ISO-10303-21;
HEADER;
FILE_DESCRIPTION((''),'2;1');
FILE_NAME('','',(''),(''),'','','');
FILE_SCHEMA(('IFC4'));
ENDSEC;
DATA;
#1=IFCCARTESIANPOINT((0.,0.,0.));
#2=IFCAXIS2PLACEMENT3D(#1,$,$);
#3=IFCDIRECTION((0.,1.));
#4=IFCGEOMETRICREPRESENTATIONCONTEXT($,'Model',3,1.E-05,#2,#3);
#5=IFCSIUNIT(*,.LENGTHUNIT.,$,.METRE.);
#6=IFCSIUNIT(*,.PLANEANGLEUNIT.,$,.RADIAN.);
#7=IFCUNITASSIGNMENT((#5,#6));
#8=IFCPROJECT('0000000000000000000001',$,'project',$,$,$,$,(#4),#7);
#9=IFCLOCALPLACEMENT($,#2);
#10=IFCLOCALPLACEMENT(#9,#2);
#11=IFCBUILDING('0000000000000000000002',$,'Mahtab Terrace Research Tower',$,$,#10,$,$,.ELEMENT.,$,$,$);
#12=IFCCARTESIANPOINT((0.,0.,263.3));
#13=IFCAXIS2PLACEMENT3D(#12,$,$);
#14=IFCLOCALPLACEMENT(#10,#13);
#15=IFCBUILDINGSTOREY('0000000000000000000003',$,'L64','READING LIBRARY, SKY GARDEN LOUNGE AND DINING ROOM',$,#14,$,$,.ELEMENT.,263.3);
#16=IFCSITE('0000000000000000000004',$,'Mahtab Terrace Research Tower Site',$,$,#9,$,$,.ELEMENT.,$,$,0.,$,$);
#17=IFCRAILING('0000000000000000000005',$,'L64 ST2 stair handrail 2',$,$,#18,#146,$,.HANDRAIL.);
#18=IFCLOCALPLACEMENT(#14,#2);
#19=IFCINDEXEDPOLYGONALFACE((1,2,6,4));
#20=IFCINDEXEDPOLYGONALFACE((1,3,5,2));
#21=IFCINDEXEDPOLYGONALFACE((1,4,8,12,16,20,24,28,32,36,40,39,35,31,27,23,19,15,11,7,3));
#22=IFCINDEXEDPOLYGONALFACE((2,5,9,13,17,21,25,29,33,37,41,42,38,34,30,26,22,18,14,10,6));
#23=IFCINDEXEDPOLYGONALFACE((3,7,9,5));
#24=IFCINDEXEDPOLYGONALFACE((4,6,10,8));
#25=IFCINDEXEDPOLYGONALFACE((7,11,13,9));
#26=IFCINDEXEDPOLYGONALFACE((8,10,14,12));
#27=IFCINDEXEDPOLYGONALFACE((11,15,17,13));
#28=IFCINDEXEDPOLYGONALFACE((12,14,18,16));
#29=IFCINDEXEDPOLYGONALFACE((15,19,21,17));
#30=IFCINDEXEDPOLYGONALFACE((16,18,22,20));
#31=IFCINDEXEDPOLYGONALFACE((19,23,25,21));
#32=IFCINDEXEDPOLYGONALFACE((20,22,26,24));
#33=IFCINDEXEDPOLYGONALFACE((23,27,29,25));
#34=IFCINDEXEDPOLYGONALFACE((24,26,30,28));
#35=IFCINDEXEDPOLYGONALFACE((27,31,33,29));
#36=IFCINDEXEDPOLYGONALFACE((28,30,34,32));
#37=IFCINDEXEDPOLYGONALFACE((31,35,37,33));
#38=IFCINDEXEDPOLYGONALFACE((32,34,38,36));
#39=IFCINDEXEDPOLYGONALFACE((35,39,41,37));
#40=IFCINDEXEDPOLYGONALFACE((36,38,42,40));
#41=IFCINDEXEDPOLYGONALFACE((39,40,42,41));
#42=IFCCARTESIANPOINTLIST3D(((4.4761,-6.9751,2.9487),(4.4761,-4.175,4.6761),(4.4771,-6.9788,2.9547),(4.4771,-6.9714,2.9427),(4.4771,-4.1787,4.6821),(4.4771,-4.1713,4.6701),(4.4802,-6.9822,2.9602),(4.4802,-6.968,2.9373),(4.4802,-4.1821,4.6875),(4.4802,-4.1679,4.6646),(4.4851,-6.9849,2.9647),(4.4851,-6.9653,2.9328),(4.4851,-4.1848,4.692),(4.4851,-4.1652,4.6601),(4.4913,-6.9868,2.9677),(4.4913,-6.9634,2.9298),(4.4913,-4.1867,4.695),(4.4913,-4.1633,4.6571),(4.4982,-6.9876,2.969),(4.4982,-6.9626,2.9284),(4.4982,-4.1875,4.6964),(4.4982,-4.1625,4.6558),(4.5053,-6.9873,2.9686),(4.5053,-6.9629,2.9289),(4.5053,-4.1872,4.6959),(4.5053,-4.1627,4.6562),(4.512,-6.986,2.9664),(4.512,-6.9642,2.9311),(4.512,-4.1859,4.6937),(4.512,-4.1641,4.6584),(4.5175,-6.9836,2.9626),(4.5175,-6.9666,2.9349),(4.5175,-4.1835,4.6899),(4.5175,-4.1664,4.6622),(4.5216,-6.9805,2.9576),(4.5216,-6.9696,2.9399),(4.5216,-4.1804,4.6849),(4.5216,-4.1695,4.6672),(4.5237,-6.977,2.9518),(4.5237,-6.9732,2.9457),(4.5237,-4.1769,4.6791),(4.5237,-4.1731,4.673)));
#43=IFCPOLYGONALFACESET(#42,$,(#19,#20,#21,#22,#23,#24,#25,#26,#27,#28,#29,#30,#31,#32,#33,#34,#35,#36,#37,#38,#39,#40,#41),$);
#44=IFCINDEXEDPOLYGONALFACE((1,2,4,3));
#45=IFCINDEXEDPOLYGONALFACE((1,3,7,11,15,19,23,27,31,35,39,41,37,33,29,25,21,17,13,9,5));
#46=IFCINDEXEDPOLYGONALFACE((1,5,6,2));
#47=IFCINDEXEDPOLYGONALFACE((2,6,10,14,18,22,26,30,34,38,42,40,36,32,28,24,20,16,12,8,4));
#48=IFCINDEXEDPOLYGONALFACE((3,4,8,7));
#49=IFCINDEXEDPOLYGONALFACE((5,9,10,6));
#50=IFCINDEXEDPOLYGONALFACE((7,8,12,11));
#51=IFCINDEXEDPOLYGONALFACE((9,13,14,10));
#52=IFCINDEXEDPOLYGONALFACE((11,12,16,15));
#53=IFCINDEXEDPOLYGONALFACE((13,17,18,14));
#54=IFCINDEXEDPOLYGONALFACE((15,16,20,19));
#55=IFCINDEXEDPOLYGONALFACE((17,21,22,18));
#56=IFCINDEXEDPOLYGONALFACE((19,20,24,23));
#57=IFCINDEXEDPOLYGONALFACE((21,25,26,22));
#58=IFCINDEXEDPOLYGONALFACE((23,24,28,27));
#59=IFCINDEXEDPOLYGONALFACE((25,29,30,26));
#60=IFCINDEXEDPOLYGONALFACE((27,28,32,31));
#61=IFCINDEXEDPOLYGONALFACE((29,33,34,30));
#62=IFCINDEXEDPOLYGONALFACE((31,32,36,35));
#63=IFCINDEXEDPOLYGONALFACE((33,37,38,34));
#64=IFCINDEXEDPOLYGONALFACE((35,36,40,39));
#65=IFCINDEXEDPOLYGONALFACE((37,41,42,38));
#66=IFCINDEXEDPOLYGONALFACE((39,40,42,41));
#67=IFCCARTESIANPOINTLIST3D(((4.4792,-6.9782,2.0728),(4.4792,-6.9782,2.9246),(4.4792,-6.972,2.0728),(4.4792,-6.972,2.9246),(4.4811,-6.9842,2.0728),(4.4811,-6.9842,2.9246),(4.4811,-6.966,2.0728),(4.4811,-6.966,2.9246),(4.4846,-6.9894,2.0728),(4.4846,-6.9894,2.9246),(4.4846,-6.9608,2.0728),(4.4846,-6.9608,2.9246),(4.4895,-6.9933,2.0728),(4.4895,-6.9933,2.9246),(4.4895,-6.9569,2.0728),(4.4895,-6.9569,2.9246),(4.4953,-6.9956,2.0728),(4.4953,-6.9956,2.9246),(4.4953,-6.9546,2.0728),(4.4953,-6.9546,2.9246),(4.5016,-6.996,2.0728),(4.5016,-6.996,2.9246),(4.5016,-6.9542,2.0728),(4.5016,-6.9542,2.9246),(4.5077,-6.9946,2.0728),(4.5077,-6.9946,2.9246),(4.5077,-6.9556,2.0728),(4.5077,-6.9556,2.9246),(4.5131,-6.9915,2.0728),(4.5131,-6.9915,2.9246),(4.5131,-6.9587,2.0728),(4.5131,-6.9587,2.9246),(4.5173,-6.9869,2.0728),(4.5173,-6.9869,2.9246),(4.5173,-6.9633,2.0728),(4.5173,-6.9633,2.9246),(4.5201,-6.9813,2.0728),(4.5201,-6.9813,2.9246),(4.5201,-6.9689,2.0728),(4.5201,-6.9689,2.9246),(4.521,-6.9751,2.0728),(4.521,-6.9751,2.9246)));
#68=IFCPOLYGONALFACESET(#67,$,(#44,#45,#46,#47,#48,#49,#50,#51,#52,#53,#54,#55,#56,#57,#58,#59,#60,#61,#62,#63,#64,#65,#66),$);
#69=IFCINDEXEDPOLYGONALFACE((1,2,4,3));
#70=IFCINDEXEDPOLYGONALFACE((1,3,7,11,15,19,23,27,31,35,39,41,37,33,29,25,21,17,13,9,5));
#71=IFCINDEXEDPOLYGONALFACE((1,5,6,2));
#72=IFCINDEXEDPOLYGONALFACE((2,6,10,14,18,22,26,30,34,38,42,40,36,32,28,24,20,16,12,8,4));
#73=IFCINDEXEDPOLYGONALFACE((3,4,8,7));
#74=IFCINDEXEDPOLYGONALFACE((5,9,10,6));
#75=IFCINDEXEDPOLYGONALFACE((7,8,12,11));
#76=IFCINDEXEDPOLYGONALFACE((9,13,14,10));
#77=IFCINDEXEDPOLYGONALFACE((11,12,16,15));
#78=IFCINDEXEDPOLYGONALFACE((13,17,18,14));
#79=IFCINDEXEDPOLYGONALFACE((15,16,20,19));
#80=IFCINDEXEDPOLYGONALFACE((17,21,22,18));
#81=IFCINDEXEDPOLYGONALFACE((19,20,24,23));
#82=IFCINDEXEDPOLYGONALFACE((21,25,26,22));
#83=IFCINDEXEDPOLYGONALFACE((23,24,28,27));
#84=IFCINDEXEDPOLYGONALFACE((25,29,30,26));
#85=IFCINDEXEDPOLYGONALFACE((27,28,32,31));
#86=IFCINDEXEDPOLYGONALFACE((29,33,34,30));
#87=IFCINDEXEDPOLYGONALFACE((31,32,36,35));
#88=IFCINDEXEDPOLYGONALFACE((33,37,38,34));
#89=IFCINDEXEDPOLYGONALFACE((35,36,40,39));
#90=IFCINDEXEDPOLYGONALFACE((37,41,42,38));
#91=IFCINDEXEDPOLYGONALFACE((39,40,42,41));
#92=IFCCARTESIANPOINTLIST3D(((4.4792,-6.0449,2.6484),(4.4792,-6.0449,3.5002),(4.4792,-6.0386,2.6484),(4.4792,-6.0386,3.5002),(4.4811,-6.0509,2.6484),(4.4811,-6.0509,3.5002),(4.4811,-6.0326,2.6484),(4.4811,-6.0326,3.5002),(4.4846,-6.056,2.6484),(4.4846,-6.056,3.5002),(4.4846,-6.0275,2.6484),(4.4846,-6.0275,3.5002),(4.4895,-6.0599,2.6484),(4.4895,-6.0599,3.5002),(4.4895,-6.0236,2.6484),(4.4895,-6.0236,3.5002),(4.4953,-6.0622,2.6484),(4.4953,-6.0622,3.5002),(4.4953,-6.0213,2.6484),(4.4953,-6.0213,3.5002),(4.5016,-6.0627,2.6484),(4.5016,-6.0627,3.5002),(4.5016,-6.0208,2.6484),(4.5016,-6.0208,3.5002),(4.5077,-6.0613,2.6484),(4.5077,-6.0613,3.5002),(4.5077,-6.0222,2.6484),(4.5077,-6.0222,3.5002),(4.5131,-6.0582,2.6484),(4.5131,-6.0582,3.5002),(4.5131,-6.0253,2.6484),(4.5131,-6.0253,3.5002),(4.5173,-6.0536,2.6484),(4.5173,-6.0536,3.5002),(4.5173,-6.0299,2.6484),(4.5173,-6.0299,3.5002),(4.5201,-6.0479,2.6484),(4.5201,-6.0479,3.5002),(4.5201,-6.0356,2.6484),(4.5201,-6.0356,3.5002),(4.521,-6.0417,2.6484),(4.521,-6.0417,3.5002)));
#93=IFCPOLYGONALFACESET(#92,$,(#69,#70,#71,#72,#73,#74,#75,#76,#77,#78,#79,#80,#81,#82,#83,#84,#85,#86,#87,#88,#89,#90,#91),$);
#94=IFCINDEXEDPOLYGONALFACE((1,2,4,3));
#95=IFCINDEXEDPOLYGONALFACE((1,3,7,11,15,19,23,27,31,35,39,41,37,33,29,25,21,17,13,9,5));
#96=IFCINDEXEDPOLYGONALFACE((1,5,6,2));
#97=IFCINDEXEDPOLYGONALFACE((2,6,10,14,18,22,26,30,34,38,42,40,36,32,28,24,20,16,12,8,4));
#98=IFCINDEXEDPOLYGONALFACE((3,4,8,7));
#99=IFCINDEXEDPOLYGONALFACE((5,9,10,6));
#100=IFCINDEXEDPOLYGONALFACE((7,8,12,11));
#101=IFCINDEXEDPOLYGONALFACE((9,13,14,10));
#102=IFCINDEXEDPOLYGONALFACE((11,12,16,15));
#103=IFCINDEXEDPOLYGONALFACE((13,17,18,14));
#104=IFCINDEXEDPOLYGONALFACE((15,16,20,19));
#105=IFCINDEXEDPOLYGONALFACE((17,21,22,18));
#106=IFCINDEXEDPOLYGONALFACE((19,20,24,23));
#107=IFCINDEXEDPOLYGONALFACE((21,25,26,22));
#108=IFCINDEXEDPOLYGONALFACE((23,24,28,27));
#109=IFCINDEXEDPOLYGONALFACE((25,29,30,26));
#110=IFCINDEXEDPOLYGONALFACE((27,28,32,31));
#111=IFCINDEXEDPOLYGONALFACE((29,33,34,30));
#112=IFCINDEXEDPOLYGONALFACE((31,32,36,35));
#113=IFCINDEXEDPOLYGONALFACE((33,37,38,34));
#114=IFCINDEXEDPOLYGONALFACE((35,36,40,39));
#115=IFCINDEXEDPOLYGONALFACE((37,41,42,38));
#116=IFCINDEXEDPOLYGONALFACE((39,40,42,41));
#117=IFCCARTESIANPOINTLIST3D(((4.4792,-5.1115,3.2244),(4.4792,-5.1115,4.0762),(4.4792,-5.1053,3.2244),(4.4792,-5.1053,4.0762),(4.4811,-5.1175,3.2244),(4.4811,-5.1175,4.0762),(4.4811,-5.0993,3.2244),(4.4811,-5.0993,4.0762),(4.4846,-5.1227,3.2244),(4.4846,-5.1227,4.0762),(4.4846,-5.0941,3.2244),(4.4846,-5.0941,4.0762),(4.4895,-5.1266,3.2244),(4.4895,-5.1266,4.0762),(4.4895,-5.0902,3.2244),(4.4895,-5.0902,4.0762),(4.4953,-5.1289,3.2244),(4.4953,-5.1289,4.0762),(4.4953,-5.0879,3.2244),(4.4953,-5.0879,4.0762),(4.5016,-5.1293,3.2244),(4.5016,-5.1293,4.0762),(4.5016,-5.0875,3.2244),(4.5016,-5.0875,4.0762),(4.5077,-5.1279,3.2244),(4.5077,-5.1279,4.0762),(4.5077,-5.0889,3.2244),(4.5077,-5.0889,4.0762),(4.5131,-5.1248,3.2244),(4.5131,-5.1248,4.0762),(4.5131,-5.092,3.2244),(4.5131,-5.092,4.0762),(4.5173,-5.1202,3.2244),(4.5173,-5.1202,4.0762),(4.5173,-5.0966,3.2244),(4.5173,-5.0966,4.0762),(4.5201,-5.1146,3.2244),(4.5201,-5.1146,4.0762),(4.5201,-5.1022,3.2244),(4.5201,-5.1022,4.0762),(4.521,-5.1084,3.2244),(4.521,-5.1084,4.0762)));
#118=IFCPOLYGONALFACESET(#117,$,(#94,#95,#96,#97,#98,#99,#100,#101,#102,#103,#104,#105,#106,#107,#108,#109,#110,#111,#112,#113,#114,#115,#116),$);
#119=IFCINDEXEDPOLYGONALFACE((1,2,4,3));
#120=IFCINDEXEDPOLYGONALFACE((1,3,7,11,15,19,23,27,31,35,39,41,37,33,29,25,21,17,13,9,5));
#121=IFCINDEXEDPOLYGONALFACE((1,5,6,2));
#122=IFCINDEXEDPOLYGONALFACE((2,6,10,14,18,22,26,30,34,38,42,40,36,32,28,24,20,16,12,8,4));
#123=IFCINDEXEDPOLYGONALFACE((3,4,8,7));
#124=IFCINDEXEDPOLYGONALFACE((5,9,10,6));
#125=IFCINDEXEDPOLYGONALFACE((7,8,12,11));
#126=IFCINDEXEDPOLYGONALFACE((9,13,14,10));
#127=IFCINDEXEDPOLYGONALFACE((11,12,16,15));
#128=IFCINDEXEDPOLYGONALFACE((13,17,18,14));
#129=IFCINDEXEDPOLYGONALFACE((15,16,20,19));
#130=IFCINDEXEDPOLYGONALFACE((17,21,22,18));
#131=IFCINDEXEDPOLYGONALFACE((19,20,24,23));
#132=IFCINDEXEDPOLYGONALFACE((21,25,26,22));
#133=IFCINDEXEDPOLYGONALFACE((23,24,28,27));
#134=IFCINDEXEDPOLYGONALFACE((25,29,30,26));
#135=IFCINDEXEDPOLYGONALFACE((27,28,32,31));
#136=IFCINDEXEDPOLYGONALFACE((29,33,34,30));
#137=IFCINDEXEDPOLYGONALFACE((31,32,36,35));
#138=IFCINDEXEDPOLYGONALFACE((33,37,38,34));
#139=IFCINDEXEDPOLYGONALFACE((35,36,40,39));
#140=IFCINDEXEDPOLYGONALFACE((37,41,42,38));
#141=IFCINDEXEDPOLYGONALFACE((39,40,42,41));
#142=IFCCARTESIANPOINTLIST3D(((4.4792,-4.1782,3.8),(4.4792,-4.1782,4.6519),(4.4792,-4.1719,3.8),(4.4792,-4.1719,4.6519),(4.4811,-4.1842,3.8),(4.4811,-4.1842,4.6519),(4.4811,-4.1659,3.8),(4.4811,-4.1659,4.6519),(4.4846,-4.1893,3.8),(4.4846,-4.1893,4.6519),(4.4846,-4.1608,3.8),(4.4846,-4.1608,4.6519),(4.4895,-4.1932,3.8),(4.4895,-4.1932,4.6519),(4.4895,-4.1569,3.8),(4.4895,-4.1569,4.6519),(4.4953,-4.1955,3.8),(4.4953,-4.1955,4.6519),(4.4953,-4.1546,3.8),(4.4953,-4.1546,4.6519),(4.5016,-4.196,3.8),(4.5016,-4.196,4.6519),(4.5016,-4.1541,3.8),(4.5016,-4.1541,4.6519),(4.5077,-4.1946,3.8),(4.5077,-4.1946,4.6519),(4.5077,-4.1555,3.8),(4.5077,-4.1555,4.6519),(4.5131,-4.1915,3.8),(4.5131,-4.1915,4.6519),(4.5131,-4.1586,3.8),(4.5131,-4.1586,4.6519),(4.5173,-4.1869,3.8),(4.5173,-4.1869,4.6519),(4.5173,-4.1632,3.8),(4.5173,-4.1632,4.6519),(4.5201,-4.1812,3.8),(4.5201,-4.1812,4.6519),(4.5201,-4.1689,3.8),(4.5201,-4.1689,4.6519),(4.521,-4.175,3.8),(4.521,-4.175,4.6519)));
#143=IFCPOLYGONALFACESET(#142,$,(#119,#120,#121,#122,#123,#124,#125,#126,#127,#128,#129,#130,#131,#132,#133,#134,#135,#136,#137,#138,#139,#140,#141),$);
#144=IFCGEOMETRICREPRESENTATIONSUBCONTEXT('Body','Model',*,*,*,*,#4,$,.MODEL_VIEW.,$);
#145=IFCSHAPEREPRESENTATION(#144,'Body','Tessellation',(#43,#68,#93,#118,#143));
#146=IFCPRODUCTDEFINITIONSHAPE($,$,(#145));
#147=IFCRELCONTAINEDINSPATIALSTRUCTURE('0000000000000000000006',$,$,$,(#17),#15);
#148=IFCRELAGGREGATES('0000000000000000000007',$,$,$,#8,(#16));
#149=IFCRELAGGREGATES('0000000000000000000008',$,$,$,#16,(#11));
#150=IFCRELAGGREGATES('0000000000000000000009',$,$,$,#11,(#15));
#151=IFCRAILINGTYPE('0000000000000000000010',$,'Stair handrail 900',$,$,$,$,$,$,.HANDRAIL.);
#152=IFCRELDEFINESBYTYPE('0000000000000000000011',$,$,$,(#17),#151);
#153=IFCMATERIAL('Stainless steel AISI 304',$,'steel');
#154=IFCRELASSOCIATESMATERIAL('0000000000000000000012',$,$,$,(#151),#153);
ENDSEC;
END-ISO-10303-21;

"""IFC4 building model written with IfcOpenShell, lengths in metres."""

from ifc_helpers import new_model, si_unit, direction, frame, origin, origin_2d, place, context, subcontext, project, spatial, circle, extrude, material, type_object, element, save


model = new_model("IFC4")

# Units and contexts
model_context = context("Model", 3, precision=1e-05, world=origin(), true_north=direction((0.0, 1.0)))
body_context = subcontext(model_context, "Body", "Model", "MODEL_VIEW")
ifc_project = project(units=[si_unit("LENGTHUNIT", "METRE"), si_unit("PLANEANGLEUNIT", "RADIAN")], contexts=[model_context])

# Site, building, storey
site_placement = place(None, origin())
site = spatial("IfcSite", under=ifc_project, at=site_placement, Name="Mahtab Terrace Research Tower Site", CompositionType="ELEMENT", RefElevation=0.0)
building_placement = place(site_placement, origin())
building = spatial("IfcBuilding", under=site, at=building_placement, Name="Mahtab Terrace Research Tower", CompositionType="ELEMENT")
storey_placement = place(building_placement, frame((0.0, 0.0, 263.3)))
storey = spatial("IfcBuildingStorey", under=building, at=storey_placement, Name="L64", Description="READING LIBRARY, SKY GARDEN LOUNGE AND DINING ROOM", CompositionType="ELEMENT", Elevation=263.3)

# Railing
ifc_material_1 = material(Name="Stainless steel AISI 304", Category="steel")
railing_type_1 = type_object("IfcRailingType", Name="Stair handrail 900", PredefinedType="HANDRAIL", material=ifc_material_1)
railing_1_placement = place(storey_placement, frame((4.5, -6.9751, 2.0728)))
element("IfcRailing", 1, at=railing_1_placement, inside=storey, type_object=railing_type_1, Name="L64 ST2 stair handrail 2", PredefinedType="HANDRAIL", context=body_context, shape_type="SweptSolid", body=[
    extrude(circle(Radius=0.0239, at=origin_2d()), frame((0.0, 0.0, 0.876), z_axis=(0.0, 0.85109, 0.52502), x_axis=(-1.0, 0.0, 0.0)), (0.0, 0.0, 1.0), 3.29),
    extrude(circle(Radius=0.021, at=origin_2d()), origin(), (0.0, 0.0, 1.0), 0.8518),
    extrude(circle(Radius=0.021, at=origin_2d()), frame((0.0, 0.9333, 0.5757)), (0.0, 0.0, 1.0), 0.8518),
    extrude(circle(Radius=0.021, at=origin_2d()), frame((0.0, 1.8667, 1.1516)), (0.0, 0.0, 1.0), 0.8518),
    extrude(circle(Radius=0.021, at=origin_2d()), frame((0.0, 2.8, 1.7273)), (0.0, 0.0, 1.0), 0.8518),
])

save(model, "model.ifc")
